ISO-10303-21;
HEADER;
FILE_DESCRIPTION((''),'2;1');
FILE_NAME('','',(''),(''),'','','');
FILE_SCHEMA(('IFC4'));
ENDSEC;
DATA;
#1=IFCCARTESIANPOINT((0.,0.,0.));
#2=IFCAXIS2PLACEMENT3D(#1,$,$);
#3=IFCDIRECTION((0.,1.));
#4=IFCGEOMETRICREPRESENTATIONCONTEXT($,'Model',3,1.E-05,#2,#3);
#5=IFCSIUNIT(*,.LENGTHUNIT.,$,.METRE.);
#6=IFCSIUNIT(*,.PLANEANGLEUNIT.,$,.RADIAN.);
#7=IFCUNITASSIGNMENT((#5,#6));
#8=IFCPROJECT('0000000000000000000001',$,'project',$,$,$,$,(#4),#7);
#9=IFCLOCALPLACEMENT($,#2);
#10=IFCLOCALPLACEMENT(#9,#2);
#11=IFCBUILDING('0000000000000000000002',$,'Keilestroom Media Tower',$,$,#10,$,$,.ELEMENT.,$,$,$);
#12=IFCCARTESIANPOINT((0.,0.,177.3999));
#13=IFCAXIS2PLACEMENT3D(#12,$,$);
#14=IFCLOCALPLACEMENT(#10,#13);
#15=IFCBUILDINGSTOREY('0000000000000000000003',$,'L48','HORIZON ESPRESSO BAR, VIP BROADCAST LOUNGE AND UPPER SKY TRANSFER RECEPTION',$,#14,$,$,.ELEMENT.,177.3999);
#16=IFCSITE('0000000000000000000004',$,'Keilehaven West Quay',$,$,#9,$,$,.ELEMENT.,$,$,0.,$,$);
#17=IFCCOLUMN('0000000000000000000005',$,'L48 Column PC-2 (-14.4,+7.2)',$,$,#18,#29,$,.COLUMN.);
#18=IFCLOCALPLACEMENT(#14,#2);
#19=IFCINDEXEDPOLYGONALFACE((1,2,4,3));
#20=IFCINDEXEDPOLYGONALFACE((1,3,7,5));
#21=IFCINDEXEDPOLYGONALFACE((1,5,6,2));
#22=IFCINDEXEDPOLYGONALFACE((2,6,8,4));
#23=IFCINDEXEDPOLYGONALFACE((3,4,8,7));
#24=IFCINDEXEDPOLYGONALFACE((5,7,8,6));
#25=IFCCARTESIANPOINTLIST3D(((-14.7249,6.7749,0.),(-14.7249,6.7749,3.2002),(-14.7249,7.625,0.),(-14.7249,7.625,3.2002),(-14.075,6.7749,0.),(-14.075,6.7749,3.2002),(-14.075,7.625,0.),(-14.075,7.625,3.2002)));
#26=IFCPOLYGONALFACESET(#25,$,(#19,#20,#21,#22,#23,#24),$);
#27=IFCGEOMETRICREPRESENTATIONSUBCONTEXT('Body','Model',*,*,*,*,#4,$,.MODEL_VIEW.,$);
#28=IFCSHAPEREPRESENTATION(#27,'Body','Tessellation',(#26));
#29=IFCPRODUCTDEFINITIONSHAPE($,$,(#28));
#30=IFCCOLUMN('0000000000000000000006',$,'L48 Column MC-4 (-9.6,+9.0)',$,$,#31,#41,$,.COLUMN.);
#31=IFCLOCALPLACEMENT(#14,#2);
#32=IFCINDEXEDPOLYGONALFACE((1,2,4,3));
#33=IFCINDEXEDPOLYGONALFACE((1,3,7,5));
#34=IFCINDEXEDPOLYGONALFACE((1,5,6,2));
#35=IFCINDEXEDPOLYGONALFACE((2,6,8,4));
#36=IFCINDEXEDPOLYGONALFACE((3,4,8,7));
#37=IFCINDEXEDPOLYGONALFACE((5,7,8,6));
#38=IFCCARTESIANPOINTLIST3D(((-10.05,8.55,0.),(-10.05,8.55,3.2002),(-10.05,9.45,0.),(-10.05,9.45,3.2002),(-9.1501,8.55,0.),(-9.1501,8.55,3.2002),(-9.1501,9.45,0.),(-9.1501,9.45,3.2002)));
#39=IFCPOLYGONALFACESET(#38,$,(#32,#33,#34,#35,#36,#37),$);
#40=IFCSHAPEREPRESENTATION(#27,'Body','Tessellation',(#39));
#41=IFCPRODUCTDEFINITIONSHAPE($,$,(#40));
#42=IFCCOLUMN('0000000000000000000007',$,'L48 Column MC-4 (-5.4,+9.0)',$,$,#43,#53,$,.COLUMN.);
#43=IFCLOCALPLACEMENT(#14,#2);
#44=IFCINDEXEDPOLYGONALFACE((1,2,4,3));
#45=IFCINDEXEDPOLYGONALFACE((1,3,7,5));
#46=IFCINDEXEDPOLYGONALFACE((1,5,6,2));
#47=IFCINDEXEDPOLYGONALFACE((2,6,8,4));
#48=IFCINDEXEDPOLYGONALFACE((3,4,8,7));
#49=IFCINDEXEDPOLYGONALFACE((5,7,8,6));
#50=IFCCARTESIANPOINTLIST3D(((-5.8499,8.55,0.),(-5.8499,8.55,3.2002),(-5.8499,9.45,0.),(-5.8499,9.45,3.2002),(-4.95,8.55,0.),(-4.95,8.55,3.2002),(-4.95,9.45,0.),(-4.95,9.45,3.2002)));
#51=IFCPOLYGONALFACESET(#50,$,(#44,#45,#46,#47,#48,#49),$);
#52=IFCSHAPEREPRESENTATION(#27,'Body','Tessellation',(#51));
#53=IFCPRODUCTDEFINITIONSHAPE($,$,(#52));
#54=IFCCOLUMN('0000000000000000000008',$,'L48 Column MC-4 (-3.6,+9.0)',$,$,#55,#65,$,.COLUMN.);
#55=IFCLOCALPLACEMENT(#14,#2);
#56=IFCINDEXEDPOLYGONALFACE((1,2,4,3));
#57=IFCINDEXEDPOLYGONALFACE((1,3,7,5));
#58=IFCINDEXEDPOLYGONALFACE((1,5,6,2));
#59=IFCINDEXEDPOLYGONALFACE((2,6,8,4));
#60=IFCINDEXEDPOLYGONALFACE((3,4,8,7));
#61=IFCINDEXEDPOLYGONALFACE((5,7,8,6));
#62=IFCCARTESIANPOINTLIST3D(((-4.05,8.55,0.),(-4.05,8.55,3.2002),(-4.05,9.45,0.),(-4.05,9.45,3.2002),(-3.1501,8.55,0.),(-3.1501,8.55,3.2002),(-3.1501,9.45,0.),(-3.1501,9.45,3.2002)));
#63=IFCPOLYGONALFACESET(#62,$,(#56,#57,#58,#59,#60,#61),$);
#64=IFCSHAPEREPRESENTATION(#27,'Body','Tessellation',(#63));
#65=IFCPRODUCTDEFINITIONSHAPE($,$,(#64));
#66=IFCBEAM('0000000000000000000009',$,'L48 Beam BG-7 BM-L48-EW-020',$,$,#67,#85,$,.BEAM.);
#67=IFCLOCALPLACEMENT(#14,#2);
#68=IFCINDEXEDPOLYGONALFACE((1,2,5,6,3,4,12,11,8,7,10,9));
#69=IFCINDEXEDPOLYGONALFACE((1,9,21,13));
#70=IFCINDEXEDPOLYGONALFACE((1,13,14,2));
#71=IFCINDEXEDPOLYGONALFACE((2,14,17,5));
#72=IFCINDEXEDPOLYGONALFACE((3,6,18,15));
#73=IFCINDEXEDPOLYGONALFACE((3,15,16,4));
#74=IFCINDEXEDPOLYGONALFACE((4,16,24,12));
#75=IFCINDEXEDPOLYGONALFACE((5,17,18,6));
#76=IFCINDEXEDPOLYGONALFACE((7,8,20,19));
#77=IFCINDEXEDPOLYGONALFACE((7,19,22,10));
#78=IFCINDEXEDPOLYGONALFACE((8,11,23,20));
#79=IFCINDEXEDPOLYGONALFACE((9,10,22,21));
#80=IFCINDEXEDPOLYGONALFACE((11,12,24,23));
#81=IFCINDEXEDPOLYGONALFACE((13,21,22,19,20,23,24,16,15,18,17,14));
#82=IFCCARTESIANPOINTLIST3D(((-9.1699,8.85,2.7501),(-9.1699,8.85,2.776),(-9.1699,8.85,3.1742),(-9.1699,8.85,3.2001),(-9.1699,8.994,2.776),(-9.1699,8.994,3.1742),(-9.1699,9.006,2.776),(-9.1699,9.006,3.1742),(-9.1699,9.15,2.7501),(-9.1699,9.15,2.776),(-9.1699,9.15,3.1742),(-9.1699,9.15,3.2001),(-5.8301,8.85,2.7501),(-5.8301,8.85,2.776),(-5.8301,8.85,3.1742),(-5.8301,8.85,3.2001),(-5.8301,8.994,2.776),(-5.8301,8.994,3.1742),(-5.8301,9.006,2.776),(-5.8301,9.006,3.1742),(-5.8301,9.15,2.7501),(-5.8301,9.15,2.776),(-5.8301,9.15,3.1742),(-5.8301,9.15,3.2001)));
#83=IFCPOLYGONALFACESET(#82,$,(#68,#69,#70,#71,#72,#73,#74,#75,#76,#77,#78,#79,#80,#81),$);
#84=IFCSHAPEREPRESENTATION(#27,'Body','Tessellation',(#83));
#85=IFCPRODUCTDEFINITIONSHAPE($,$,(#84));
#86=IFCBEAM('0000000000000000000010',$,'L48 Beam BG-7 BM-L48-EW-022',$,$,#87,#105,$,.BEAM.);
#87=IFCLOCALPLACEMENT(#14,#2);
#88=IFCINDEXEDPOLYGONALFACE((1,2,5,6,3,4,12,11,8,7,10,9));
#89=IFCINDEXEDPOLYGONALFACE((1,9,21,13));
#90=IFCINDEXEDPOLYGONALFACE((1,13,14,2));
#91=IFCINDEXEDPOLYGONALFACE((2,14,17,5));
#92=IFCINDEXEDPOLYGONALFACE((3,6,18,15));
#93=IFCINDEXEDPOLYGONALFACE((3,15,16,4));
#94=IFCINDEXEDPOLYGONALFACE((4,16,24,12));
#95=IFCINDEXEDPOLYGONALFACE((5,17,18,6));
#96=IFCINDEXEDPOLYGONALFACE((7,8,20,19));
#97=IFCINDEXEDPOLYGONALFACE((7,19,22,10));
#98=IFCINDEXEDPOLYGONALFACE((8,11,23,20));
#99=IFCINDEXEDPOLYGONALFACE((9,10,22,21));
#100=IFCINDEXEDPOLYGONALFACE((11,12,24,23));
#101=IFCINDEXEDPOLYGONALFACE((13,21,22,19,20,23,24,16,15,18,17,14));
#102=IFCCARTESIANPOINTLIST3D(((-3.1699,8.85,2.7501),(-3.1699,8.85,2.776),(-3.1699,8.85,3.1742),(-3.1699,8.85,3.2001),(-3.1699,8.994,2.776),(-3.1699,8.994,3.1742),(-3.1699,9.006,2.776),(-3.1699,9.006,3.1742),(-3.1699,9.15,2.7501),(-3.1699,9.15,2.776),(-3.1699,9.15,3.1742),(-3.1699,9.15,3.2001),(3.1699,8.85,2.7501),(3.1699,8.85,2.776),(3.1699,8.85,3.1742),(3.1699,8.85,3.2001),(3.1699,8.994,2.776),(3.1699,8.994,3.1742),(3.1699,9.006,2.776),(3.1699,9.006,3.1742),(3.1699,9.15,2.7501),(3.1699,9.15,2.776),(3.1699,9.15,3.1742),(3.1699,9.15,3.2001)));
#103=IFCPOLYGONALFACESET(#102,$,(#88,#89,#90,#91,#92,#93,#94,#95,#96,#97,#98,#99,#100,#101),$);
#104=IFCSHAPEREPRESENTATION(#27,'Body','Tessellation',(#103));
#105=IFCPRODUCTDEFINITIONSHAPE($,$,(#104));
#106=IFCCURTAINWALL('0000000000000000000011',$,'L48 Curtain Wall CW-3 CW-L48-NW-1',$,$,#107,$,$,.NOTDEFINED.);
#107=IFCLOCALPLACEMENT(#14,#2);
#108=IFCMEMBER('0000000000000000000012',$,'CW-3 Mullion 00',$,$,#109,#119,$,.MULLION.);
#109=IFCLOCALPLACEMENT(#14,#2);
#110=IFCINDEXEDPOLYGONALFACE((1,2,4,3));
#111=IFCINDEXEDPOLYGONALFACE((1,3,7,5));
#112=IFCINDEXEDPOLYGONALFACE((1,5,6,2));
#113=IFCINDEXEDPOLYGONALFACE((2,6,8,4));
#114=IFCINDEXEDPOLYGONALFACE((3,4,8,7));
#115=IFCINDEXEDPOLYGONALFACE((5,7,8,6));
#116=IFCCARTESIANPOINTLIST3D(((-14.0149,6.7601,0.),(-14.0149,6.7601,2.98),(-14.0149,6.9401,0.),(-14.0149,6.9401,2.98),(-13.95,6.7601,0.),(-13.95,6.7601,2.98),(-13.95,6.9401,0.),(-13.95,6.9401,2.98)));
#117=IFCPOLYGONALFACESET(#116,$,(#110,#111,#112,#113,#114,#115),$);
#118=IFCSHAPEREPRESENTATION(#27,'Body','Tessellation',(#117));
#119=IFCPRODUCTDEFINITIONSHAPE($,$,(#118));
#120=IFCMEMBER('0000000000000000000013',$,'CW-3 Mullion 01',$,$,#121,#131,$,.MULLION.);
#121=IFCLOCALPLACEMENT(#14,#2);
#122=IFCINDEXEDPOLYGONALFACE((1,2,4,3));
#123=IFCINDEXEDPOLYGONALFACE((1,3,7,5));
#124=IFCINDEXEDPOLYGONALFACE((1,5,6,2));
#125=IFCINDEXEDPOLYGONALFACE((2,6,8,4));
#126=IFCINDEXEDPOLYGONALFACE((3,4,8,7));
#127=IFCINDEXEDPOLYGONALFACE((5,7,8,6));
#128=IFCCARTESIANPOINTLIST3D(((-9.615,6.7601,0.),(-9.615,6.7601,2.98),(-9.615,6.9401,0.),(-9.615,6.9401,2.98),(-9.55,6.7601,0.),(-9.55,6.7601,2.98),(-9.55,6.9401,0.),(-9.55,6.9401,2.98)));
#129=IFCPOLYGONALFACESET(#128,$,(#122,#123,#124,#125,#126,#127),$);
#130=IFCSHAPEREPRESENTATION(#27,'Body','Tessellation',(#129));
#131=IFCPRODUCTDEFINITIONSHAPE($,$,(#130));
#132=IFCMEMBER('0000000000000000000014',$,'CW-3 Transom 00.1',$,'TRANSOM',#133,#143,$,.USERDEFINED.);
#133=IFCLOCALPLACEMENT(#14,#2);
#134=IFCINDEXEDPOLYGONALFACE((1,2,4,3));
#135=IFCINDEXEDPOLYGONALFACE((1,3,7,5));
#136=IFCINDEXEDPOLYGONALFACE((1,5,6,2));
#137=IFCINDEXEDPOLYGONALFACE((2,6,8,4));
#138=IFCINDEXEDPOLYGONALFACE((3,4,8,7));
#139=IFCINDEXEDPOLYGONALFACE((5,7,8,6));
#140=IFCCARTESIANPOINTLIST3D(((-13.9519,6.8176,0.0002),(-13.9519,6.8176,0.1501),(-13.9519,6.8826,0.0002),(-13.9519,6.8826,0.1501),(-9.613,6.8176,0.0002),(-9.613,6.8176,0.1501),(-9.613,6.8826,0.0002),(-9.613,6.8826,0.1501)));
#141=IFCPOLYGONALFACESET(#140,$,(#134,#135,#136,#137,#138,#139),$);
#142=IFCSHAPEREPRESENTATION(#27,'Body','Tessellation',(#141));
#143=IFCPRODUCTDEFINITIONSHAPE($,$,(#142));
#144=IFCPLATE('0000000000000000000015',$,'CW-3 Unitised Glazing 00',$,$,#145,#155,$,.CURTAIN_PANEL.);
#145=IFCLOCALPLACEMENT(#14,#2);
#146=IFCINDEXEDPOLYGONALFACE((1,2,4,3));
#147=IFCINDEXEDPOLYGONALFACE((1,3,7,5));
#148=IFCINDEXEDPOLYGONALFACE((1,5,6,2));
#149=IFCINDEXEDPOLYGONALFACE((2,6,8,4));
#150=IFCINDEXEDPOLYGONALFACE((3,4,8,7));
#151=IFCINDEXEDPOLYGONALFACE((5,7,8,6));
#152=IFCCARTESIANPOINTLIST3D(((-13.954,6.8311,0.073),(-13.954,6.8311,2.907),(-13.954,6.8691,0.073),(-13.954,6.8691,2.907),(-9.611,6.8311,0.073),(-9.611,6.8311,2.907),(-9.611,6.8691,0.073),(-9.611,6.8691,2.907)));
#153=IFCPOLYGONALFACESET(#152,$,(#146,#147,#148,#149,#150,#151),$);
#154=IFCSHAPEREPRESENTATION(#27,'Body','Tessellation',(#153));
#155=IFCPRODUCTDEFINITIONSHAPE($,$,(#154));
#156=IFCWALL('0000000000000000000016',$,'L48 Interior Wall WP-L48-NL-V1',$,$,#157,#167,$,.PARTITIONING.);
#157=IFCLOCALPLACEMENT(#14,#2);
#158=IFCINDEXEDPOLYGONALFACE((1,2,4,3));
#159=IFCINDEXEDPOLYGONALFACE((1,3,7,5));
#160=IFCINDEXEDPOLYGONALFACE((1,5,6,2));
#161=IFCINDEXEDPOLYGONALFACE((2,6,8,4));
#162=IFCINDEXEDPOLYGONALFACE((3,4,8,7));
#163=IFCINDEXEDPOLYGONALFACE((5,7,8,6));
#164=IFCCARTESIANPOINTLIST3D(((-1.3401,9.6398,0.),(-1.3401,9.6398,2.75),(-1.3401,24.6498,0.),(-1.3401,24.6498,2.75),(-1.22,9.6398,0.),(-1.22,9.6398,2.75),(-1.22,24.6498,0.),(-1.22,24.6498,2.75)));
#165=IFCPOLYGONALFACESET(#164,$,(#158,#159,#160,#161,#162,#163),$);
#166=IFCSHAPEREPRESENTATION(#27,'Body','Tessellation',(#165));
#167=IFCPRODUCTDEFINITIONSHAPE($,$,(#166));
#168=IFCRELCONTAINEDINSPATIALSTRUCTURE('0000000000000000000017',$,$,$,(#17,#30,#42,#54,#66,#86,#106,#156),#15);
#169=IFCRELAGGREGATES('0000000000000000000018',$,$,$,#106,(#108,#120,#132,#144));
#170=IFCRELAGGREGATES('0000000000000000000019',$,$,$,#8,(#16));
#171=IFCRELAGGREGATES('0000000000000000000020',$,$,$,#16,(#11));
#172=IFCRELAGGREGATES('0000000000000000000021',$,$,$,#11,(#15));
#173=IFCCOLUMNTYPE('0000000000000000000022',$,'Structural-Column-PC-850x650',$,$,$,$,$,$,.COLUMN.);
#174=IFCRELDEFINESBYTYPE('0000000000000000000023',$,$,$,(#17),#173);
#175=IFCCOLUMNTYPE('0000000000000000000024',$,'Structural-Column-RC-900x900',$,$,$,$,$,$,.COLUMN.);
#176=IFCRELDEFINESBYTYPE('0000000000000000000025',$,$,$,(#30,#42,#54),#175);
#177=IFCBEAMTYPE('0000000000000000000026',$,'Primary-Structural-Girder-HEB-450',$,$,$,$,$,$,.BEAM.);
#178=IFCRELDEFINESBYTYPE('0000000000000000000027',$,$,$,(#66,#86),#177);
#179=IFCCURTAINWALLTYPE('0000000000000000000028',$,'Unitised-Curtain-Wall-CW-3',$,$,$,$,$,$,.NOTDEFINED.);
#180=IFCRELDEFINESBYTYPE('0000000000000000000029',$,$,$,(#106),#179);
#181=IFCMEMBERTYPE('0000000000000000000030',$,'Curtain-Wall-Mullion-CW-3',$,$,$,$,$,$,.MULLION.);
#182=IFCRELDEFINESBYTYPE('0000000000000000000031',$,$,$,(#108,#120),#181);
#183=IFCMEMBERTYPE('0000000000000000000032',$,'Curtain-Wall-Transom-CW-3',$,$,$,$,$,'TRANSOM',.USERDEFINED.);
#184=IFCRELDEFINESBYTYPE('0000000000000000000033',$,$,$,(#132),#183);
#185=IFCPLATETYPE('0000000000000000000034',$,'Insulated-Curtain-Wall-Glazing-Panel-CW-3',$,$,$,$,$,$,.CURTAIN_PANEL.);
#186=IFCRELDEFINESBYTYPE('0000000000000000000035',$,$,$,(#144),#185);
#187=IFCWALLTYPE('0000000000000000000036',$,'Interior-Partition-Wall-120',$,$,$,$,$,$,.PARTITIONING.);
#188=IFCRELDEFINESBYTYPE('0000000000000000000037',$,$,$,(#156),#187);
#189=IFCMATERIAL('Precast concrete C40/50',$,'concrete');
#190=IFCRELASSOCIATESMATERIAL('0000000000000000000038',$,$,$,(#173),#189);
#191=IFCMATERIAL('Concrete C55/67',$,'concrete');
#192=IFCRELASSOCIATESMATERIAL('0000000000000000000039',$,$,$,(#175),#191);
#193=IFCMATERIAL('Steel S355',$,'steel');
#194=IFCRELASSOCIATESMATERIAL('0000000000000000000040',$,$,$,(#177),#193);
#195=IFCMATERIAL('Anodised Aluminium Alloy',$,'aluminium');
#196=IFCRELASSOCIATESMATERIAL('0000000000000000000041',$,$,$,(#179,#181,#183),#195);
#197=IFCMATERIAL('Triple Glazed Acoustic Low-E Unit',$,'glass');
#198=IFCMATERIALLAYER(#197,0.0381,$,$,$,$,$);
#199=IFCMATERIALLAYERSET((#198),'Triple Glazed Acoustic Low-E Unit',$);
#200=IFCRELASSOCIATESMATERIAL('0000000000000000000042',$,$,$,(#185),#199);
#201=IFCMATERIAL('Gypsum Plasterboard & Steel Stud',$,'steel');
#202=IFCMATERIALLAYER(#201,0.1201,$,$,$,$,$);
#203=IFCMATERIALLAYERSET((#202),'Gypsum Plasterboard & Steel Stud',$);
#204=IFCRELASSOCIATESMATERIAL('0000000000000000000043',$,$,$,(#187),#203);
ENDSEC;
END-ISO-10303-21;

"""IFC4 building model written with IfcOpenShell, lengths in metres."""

from ifc_helpers import new_model, si_unit, direction, frame, frame_2d, origin, origin_2d, place, context, subcontext, project, spatial, rectangle, i_section, extrude, source, transform, mapped, material, layer, layer_set, material_profile, profile_set, type_object, element, aggregate, save


model = new_model("IFC4")

# Units and contexts
model_context = context("Model", 3, precision=1e-05, world=origin(), true_north=direction((0.0, 1.0)))
body_context = subcontext(model_context, "Body", "Model", "MODEL_VIEW")
ifc_project = project(units=[si_unit("LENGTHUNIT", "METRE"), si_unit("PLANEANGLEUNIT", "RADIAN")], contexts=[model_context])

# Site, building, storey
site_placement = place(None, origin())
site = spatial("IfcSite", under=ifc_project, at=site_placement, Name="Keilehaven West Quay", CompositionType="ELEMENT", RefElevation=0.0)
building_placement = place(site_placement, origin())
building = spatial("IfcBuilding", under=site, at=building_placement, Name="Keilestroom Media Tower", CompositionType="ELEMENT")
storey_placement = place(building_placement, frame((0.0, 0.0, 177.3999)))
storey = spatial("IfcBuildingStorey", under=building, at=storey_placement, Name="L48", Description="HORIZON ESPRESSO BAR, VIP BROADCAST LOUNGE AND UPPER SKY TRANSFER RECEPTION", CompositionType="ELEMENT", Elevation=177.3999)

# Columns
ifc_material_1 = material(Name="Precast concrete C40/50", Category="concrete")
ifc_material_profile_1 = material_profile(ifc_material_1, rectangle(XDim=0.6499, YDim=0.8501, at=origin_2d()), Name="PC 850x650")
ifc_profile_set_1 = profile_set([ifc_material_profile_1], Name="Precast concrete C40/50")
column_type_1 = type_object("IfcColumnType", Name="Structural-Column-PC-850x650", PredefinedType="COLUMN", material=ifc_profile_set_1)
shared_shape_1 = source(origin(), body_context, "Body", "SweptSolid", [
    extrude(rectangle(XDim=0.6499, YDim=0.8501, at=origin_2d()), origin(), (0.0, 0.0, 1.0), 3.2002),
])
column_placement = place(storey_placement, frame((-14.3999, 7.2, 0.0), z_axis=(0.0, 0.0, 1.0), x_axis=(1.0, 0.0, 0.0)))
element("IfcColumn", 1, at=column_placement, inside=storey, type_object=column_type_1, Name="L48 Column PC-2 (-14.4,+7.2)", PredefinedType="COLUMN", context=body_context, shape_type="MappedRepresentation", body=[
    mapped(shared_shape_1, transform((0.0, 0.0, 0.0), x_axis=(1.0, 0.0, 0.0), y_axis=(0.0, 1.0, 0.0), z_axis=(0.0, 0.0, 1.0), scale=1.0)),
])
ifc_material_2 = material(Name="Concrete C55/67", Category="concrete")
ifc_material_profile_2 = material_profile(ifc_material_2, rectangle(XDim=0.8999, YDim=0.8999, at=origin_2d()), Name="RC 900x900")
ifc_profile_set_2 = profile_set([ifc_material_profile_2], Name="Concrete C55/67")
column_type_2 = type_object("IfcColumnType", Name="Structural-Column-RC-900x900", PredefinedType="COLUMN", material=ifc_profile_set_2)
shared_shape_2 = source(origin(), body_context, "Body", "SweptSolid", [
    extrude(rectangle(XDim=0.8999, YDim=0.8999, at=origin_2d()), origin(), (0.0, 0.0, 1.0), 3.2002),
])
for number, where, z_axis, x_axis, name in (
    (2, (-9.6001, 9.0, 0.0), (0.0, 0.0, 1.0), (1.0, 0.0, 0.0), "L48 Column MC-4 (-9.6,+9.0)"),
    (3, (-5.3999, 9.0, 0.0), (0.0, 0.0, 1.0), (1.0, 0.0, 0.0), "L48 Column MC-4 (-5.4,+9.0)"),
    (4, (-3.6001, 9.0, 0.0), (0.0, 0.0, 1.0), (1.0, 0.0, 0.0), "L48 Column MC-4 (-3.6,+9.0)"),
):
    element("IfcColumn", number, at=place(storey_placement, frame(where, z_axis=z_axis, x_axis=x_axis)), inside=storey, type_object=column_type_2, Name=name, PredefinedType="COLUMN", context=body_context, shape_type="MappedRepresentation", body=[
        mapped(shared_shape_2, transform((0.0, 0.0, 0.0), x_axis=(1.0, 0.0, 0.0), y_axis=(0.0, 1.0, 0.0), z_axis=(0.0, 0.0, 1.0), scale=1.0)),
    ])

# Beams
ifc_material_3 = material(Name="Steel S355", Category="steel")
ifc_material_profile_3 = material_profile(ifc_material_3, i_section(OverallWidth=0.3, OverallDepth=0.45, WebThickness=0.012, FlangeThickness=0.0259, at=origin_2d()), Name="HEB 450")
ifc_profile_set_3 = profile_set([ifc_material_profile_3], Name="Steel S355")
beam_type = type_object("IfcBeamType", Name="Primary-Structural-Girder-HEB-450", PredefinedType="BEAM", material=ifc_profile_set_3)
shared_shape_3 = source(origin(), body_context, "Body", "SweptSolid", [
    extrude(i_section(OverallWidth=0.3, OverallDepth=0.45, WebThickness=0.012, FlangeThickness=0.0259, at=origin_2d()), origin(), (0.0, 0.0, 1.0), 3.3398),
])
beam_1_placement = place(storey_placement, frame((-9.1699, 9.0, 2.9751), z_axis=(1.0, 0.0, 0.0), x_axis=(0.0, 1.0, 0.0)))
element("IfcBeam", 5, at=beam_1_placement, inside=storey, type_object=beam_type, Name="L48 Beam BG-7 BM-L48-EW-020", PredefinedType="BEAM", context=body_context, shape_type="MappedRepresentation", body=[
    mapped(shared_shape_3, transform((0.0, 0.0, 0.0), x_axis=(1.0, 0.0, 0.0), y_axis=(0.0, 1.0, 0.0), z_axis=(0.0, 0.0, 1.0), scale=1.0)),
])
shared_shape_4 = source(origin(), body_context, "Body", "SweptSolid", [
    extrude(i_section(OverallWidth=0.3, OverallDepth=0.45, WebThickness=0.012, FlangeThickness=0.0259, at=origin_2d()), origin(), (0.0, 0.0, 1.0), 6.3398),
])
beam_2_placement = place(storey_placement, frame((-3.1699, 9.0, 2.9751), z_axis=(1.0, 0.0, 0.0), x_axis=(0.0, 1.0, 0.0)))
element("IfcBeam", 6, at=beam_2_placement, inside=storey, type_object=beam_type, Name="L48 Beam BG-7 BM-L48-EW-022", PredefinedType="BEAM", context=body_context, shape_type="MappedRepresentation", body=[
    mapped(shared_shape_4, transform((0.0, 0.0, 0.0), x_axis=(1.0, 0.0, 0.0), y_axis=(0.0, 1.0, 0.0), z_axis=(0.0, 0.0, 1.0), scale=1.0)),
])

# Curtain wall, members, plate
ifc_material_4 = material(Name="Anodised Aluminium Alloy", Category="aluminium")
curtain_wall_type = type_object("IfcCurtainWallType", Name="Unitised-Curtain-Wall-CW-3", PredefinedType="NOTDEFINED", material=ifc_material_4)
curtain_wall_placement = place(storey_placement, origin())
curtain_wall = element("IfcCurtainWall", 7, at=curtain_wall_placement, inside=storey, type_object=curtain_wall_type, Name="L48 Curtain Wall CW-3 CW-L48-NW-1", PredefinedType="NOTDEFINED")
ifc_material_profile_4 = material_profile(ifc_material_4, rectangle(XDim=0.0649, YDim=0.1799, at=origin_2d()), Name="ALU MULLION 65x180")
ifc_profile_set_4 = profile_set([ifc_material_profile_4], Name="Anodised Aluminium Alloy")
member_type_1 = type_object("IfcMemberType", Name="Curtain-Wall-Mullion-CW-3", PredefinedType="MULLION", material=ifc_profile_set_4)
shared_shape_5 = source(origin(), body_context, "Body", "SweptSolid", [
    extrude(rectangle(XDim=0.0649, YDim=0.1799, at=origin_2d()), origin(), (0.0, 0.0, 1.0), 2.98),
])
member_1_placement = place(storey_placement, frame((-13.9824, 6.8501, 0.0), z_axis=(0.0, 0.0, 1.0), x_axis=(1.0, 0.0, 0.0)))
member_1 = element("IfcMember", 8, at=member_1_placement, type_object=member_type_1, Name="CW-3 Mullion 00", PredefinedType="MULLION", context=body_context, shape_type="MappedRepresentation", body=[
    mapped(shared_shape_5, transform((0.0, 0.0, 0.0), x_axis=(1.0, 0.0, 0.0), y_axis=(0.0, 1.0, 0.0), z_axis=(0.0, 0.0, 1.0), scale=1.0)),
])
member_2_placement = place(storey_placement, frame((-9.5825, 6.8501, 0.0), z_axis=(0.0, 0.0, 1.0), x_axis=(1.0, 0.0, 0.0)))
member_2 = element("IfcMember", 9, at=member_2_placement, type_object=member_type_1, Name="CW-3 Mullion 01", PredefinedType="MULLION", context=body_context, shape_type="MappedRepresentation", body=[
    mapped(shared_shape_5, transform((0.0, 0.0, 0.0), x_axis=(1.0, 0.0, 0.0), y_axis=(0.0, 1.0, 0.0), z_axis=(0.0, 0.0, 1.0), scale=1.0)),
])
ifc_material_profile_5 = material_profile(ifc_material_4, rectangle(XDim=0.0649, YDim=0.1499, at=origin_2d()), Name="ALU TRANSOM 65x150")
ifc_profile_set_5 = profile_set([ifc_material_profile_5], Name="Anodised Aluminium Alloy")
member_type_2 = type_object("IfcMemberType", Name="Curtain-Wall-Transom-CW-3", ElementType="TRANSOM", PredefinedType="USERDEFINED", material=ifc_profile_set_5)
shared_shape_6 = source(origin(), body_context, "Body", "SweptSolid", [
    extrude(rectangle(XDim=0.0649, YDim=0.1499, at=origin_2d()), origin(), (0.0, 0.0, 1.0), 4.3389),
])
member_3_placement = place(storey_placement, frame((-13.9519, 6.8501, 0.0752), z_axis=(1.0, 0.0, 0.0), x_axis=(0.0, 1.0, 0.0)))
member_3 = element("IfcMember", 10, at=member_3_placement, type_object=member_type_2, Name="CW-3 Transom 00.1", ObjectType="TRANSOM", PredefinedType="USERDEFINED", context=body_context, shape_type="MappedRepresentation", body=[
    mapped(shared_shape_6, transform((0.0, 0.0, 0.0), x_axis=(1.0, 0.0, 0.0), y_axis=(0.0, 1.0, 0.0), z_axis=(0.0, 0.0, 1.0), scale=1.0)),
])
ifc_material_5 = material(Name="Triple Glazed Acoustic Low-E Unit", Category="glass")
ifc_layer_1 = layer(ifc_material_5, 0.0381)
ifc_layer_set_1 = layer_set([ifc_layer_1], Name="Triple Glazed Acoustic Low-E Unit")
plate_type = type_object("IfcPlateType", Name="Insulated-Curtain-Wall-Glazing-Panel-CW-3", PredefinedType="CURTAIN_PANEL", material=ifc_layer_set_1)
shared_shape_7 = source(origin(), body_context, "Body", "SweptSolid", [
    extrude(rectangle(XDim=4.343, YDim=0.0381, at=origin_2d()), origin(), (0.0, 0.0, 1.0), 2.834),
])
plate_placement = place(storey_placement, frame((-11.7825, 6.8501, 0.073), z_axis=(0.0, 0.0, 1.0), x_axis=(1.0, 0.0, 0.0)))
plate = element("IfcPlate", 11, at=plate_placement, type_object=plate_type, Name="CW-3 Unitised Glazing 00", PredefinedType="CURTAIN_PANEL", context=body_context, shape_type="MappedRepresentation", body=[
    mapped(shared_shape_7, transform((0.0, 0.0, 0.0), x_axis=(1.0, 0.0, 0.0), y_axis=(0.0, 1.0, 0.0), z_axis=(0.0, 0.0, 1.0), scale=1.0)),
])
aggregate(curtain_wall, [member_1, member_2, member_3, plate])

# Wall
ifc_material_6 = material(Name="Gypsum Plasterboard & Steel Stud", Category="steel")
ifc_layer_2 = layer(ifc_material_6, 0.1201)
ifc_layer_set_2 = layer_set([ifc_layer_2], Name="Gypsum Plasterboard & Steel Stud")
wall_type_1 = type_object("IfcWallType", Name="Interior-Partition-Wall-120", PredefinedType="PARTITIONING", material=ifc_layer_set_2)
wall_1_placement = place(storey_placement, frame((-1.28, 9.6399, 0.0), z_axis=(0.0, 0.0, 1.0), x_axis=(0.0, 1.0, 0.0)))
element("IfcWall", 12, at=wall_1_placement, inside=storey, type_object=wall_type_1, Name="L48 Interior Wall WP-L48-NL-V1", PredefinedType="PARTITIONING", context=body_context, shape_type="SweptSolid", body=[
    extrude(rectangle(XDim=15.01, YDim=0.1201, at=frame_2d((7.5049, 0.0))), origin(), (0.0, 0.0, 1.0), 2.75),
])

save(model, "model.ifc")
